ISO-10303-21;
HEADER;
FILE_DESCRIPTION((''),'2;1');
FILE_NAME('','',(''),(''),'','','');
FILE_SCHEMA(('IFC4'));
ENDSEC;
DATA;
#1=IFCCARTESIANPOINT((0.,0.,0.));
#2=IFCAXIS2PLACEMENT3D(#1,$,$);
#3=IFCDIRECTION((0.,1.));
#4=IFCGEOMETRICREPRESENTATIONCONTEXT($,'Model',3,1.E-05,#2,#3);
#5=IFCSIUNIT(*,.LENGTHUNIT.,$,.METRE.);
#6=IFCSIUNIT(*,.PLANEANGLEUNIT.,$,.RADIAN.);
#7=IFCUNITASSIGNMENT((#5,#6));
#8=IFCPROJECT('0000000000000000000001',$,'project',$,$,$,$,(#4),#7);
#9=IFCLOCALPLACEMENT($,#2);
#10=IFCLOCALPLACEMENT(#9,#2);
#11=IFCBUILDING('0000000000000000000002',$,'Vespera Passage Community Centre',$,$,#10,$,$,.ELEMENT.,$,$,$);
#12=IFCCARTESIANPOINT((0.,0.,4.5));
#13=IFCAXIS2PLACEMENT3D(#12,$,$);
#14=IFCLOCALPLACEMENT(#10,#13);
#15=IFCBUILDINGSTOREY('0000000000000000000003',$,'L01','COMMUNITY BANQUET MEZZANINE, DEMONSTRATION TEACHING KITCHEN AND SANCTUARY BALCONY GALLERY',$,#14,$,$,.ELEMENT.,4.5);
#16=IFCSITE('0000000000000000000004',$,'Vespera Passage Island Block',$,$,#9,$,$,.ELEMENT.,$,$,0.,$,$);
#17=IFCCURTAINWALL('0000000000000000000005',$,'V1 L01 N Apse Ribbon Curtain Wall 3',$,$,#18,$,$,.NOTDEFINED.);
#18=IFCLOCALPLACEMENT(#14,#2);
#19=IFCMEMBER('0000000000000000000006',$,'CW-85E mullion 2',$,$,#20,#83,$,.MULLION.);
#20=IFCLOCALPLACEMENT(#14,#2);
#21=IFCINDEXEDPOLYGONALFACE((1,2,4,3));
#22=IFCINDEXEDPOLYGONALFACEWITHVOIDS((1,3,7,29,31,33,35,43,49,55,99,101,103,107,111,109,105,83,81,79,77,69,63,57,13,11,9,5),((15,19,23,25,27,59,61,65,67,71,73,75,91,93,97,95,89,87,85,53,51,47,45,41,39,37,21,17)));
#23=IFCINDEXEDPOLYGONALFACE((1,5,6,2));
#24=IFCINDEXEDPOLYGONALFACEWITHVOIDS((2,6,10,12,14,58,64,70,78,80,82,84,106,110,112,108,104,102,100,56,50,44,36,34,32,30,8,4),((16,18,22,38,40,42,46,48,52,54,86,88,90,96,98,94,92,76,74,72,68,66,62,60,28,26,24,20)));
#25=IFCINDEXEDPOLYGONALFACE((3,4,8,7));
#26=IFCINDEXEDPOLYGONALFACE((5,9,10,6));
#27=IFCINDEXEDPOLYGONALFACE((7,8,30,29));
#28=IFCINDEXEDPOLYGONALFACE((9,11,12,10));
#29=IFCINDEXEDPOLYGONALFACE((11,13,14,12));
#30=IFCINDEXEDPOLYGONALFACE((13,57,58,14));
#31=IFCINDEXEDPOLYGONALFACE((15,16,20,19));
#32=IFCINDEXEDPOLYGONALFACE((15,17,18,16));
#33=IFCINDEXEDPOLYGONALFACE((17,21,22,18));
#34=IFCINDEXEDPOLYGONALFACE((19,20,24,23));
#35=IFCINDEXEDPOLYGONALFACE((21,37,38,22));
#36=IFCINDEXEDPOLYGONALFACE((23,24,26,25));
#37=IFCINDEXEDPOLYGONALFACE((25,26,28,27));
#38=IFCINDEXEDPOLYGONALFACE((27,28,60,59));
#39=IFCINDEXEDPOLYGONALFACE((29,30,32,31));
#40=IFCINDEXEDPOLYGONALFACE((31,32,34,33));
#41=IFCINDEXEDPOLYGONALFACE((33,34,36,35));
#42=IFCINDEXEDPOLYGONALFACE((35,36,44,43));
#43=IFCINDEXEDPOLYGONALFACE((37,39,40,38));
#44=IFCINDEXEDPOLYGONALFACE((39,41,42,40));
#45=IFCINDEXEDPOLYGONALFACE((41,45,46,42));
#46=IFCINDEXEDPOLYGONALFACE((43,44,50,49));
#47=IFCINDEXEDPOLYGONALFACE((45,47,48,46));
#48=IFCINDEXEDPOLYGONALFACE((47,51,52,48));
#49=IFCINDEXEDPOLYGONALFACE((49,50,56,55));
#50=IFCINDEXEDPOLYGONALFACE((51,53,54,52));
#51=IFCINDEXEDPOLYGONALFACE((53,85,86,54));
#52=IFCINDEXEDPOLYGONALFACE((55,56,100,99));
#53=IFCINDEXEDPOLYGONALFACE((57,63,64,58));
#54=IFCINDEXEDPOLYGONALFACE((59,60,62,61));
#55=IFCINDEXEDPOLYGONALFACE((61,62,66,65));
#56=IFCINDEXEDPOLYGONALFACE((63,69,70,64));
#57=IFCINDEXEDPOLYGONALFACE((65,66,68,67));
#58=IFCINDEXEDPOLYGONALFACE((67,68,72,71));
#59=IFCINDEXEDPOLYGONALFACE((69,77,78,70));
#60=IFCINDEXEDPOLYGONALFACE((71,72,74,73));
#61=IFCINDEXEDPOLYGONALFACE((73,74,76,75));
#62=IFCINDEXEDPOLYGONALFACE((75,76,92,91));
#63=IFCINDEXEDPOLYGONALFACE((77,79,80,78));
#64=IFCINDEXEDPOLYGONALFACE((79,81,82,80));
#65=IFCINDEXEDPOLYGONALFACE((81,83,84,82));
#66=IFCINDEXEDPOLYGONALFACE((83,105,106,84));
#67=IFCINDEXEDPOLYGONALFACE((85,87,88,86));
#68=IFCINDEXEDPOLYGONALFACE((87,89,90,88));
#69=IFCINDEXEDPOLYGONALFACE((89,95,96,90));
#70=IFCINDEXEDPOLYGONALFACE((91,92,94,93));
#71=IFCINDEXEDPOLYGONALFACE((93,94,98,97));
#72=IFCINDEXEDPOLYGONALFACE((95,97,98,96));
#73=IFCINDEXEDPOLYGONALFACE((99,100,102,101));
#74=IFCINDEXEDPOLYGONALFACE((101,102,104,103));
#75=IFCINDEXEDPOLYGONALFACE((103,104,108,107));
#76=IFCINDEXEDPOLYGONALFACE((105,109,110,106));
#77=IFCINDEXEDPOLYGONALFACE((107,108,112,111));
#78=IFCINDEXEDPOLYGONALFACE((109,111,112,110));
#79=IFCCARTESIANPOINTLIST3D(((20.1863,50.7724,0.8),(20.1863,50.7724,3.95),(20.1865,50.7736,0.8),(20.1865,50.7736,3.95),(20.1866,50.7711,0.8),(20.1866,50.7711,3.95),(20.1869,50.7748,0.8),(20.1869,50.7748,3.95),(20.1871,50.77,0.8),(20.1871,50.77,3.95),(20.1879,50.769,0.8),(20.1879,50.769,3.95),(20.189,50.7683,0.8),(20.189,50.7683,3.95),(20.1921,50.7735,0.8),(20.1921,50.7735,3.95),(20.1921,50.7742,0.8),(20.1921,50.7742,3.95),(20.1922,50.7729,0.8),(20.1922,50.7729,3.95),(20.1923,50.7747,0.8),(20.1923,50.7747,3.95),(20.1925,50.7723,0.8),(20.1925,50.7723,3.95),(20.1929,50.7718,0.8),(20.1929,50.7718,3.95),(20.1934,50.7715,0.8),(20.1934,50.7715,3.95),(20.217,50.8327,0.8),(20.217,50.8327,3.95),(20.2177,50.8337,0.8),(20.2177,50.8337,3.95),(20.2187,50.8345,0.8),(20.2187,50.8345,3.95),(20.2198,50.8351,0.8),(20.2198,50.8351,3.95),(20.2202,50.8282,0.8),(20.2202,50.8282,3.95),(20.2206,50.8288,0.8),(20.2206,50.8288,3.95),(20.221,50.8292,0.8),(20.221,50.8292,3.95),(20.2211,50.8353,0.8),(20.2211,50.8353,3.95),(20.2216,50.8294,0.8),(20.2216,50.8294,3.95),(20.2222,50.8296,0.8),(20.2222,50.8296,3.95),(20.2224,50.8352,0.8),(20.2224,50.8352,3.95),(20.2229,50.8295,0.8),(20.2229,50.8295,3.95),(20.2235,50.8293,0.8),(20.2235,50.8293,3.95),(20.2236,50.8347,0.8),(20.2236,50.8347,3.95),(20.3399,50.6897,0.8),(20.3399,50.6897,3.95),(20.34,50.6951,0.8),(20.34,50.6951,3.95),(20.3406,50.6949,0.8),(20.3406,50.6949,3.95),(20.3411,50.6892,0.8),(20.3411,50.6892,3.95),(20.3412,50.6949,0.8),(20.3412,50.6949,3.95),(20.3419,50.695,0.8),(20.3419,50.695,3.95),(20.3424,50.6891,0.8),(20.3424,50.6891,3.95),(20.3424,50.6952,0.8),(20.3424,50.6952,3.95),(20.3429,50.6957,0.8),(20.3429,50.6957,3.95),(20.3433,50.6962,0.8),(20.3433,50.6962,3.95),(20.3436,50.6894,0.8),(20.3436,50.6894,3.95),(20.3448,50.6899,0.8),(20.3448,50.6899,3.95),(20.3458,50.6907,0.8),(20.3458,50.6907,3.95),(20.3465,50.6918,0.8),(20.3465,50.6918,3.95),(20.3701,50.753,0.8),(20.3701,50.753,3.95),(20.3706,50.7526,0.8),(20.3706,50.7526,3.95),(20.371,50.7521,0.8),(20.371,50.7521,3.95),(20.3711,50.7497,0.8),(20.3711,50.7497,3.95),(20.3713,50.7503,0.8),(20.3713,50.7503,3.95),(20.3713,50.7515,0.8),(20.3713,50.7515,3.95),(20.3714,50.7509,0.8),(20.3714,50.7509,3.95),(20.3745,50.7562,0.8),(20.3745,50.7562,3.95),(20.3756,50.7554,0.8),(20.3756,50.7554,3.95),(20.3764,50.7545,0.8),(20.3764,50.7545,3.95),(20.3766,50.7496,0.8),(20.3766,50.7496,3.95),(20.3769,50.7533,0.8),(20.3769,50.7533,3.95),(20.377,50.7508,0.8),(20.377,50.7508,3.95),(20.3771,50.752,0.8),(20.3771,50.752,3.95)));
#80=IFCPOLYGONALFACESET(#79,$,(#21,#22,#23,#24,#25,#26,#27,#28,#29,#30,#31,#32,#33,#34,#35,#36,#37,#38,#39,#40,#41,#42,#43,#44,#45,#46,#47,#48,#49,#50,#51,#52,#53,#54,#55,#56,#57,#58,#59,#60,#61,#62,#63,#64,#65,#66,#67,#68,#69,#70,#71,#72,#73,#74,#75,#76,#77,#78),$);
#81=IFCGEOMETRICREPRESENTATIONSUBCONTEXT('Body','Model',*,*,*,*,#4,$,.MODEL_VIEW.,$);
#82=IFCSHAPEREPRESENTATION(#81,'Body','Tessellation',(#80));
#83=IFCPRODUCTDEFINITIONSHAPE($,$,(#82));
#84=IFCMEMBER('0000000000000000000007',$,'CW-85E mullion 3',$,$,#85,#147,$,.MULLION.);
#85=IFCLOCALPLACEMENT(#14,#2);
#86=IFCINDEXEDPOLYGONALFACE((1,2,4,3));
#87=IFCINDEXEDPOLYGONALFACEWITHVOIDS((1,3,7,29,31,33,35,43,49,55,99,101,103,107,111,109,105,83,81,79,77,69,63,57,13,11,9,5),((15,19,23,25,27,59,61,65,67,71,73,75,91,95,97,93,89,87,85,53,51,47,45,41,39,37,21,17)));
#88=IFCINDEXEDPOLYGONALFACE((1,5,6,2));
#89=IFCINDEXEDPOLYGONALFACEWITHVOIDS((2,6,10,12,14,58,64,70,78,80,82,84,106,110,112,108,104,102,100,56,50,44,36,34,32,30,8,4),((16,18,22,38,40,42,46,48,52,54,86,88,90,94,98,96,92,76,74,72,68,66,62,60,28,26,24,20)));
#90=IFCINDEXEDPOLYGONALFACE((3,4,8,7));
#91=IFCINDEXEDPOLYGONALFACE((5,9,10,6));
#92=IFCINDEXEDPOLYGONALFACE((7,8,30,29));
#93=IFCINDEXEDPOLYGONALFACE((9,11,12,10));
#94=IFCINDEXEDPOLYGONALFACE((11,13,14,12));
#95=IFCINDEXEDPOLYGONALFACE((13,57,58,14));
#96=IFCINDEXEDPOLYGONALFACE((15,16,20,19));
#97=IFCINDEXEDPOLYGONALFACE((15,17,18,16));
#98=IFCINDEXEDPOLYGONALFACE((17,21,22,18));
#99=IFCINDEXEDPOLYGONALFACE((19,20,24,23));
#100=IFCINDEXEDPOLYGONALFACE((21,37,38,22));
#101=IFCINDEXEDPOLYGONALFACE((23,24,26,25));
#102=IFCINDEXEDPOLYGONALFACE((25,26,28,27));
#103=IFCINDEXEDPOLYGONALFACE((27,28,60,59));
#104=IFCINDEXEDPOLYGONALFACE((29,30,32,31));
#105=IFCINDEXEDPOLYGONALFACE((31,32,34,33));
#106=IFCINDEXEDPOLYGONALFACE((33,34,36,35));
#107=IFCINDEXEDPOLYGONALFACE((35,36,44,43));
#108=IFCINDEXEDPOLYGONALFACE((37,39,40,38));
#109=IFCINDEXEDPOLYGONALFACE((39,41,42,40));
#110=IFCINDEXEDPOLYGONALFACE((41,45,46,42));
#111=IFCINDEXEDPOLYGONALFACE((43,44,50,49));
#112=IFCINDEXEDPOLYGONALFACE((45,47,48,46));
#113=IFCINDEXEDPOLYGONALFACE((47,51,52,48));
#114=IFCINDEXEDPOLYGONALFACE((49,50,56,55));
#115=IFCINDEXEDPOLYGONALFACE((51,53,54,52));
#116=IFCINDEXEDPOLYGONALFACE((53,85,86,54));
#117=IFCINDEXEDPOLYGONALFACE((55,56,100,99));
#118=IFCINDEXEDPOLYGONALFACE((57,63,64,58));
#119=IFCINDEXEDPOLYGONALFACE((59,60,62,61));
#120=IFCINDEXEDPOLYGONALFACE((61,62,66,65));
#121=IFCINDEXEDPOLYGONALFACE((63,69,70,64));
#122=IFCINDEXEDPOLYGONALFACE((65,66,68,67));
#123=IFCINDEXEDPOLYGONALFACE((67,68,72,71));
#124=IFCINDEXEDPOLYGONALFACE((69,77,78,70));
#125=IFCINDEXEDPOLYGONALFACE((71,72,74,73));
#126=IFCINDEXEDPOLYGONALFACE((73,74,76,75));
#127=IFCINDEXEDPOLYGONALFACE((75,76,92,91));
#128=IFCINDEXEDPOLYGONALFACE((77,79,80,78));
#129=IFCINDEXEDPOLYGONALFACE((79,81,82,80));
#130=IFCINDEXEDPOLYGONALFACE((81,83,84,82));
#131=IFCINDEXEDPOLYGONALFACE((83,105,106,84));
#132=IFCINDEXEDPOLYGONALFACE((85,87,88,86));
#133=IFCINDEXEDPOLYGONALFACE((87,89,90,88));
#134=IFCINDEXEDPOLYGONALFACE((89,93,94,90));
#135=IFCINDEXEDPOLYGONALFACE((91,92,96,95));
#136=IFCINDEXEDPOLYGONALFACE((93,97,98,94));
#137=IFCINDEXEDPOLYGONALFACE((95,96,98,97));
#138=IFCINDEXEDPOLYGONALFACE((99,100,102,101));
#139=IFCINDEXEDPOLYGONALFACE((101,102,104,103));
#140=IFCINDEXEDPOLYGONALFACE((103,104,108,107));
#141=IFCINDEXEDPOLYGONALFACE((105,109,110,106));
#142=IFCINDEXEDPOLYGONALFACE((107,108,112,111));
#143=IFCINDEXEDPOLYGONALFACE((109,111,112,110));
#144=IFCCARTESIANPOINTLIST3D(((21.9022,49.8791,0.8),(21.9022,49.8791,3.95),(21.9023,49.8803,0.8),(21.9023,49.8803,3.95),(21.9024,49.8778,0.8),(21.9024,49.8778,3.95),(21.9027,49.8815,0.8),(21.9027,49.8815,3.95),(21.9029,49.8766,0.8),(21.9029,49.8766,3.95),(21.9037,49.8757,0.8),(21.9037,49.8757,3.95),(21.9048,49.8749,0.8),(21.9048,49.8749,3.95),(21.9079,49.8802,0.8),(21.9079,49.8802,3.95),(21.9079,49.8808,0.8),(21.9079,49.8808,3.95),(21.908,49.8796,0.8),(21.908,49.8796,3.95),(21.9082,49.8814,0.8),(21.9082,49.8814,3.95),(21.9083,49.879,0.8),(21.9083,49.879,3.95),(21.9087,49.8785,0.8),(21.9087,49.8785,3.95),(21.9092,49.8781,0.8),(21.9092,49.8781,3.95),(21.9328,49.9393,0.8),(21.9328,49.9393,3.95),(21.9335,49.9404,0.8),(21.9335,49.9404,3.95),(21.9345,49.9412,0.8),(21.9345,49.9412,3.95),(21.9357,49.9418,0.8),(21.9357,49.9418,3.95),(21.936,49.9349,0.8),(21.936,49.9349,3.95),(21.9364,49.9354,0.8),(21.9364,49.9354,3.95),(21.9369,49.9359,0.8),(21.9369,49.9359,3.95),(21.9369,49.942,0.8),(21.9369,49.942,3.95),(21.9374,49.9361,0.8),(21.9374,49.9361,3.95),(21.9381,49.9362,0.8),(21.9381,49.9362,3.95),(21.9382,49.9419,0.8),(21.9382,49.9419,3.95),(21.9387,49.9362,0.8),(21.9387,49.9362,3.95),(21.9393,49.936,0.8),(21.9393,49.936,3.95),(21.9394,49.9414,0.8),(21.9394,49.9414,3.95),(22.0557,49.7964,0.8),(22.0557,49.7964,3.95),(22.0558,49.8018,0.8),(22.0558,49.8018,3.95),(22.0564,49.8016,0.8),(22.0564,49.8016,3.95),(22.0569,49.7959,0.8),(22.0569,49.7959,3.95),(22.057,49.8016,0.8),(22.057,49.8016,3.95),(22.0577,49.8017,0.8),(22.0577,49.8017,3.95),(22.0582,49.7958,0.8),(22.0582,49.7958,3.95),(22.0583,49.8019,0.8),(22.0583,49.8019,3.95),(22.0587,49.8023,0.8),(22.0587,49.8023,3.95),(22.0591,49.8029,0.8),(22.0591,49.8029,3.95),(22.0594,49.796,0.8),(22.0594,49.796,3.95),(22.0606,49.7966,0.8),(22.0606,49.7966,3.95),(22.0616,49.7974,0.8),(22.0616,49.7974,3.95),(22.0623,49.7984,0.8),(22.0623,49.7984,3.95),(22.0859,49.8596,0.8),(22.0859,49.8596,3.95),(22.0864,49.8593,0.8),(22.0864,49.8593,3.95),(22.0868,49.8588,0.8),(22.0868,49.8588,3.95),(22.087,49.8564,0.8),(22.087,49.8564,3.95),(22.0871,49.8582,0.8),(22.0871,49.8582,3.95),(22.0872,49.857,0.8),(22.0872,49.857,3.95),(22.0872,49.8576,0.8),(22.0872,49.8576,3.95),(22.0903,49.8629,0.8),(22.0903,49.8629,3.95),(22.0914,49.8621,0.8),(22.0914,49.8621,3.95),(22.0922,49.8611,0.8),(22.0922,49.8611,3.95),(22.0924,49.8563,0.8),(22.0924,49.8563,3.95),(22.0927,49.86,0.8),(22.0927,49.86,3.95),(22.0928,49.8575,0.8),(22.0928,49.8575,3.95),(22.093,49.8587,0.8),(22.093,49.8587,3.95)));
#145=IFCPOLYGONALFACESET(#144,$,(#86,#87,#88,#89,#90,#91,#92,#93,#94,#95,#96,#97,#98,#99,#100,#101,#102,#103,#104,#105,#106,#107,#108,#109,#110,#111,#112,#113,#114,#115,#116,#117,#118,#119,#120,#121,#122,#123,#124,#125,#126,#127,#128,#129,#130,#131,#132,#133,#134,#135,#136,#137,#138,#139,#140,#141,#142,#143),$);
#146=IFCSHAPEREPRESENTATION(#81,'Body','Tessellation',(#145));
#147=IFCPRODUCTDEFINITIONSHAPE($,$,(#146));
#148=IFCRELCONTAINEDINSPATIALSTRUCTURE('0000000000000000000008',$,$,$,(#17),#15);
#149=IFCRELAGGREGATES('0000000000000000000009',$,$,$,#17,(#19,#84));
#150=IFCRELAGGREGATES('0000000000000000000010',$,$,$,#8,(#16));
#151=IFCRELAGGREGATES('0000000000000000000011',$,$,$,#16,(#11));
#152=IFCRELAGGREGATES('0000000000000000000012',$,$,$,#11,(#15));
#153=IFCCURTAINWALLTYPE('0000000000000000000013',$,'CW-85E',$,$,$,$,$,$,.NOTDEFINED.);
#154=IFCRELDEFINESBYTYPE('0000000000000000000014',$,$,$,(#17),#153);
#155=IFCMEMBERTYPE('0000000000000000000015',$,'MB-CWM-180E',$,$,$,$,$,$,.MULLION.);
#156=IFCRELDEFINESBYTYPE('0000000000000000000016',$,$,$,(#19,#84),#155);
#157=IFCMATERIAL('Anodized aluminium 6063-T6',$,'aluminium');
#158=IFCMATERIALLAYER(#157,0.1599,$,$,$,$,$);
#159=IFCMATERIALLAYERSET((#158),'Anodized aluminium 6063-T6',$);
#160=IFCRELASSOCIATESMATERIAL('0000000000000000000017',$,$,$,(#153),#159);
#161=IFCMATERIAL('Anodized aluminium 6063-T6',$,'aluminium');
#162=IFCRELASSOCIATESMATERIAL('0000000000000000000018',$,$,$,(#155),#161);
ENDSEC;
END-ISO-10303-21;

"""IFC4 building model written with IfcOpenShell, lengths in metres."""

from ifc_helpers import new_model, si_unit, direction, frame, origin, origin_2d, place, context, subcontext, project, spatial, hollow_rectangle, extrude, material, layer, layer_set, material_profile, profile_set, type_object, element, aggregate, save


model = new_model("IFC4")

# Units and contexts
model_context = context("Model", 3, precision=1e-05, world=origin(), true_north=direction((0.0, 1.0)))
body_context = subcontext(model_context, "Body", "Model", "MODEL_VIEW")
ifc_project = project(units=[si_unit("LENGTHUNIT", "METRE"), si_unit("PLANEANGLEUNIT", "RADIAN")], contexts=[model_context])

# Site, building, storey
site_placement = place(None, origin())
site = spatial("IfcSite", under=ifc_project, at=site_placement, Name="Vespera Passage Island Block", CompositionType="ELEMENT", RefElevation=0.0)
building_placement = place(site_placement, origin())
building = spatial("IfcBuilding", under=site, at=building_placement, Name="Vespera Passage Community Centre", CompositionType="ELEMENT")
storey_placement = place(building_placement, frame((0.0, 0.0, 4.5)))
storey = spatial("IfcBuildingStorey", under=building, at=storey_placement, Name="L01", Description="COMMUNITY BANQUET MEZZANINE, DEMONSTRATION TEACHING KITCHEN AND SANCTUARY BALCONY GALLERY", CompositionType="ELEMENT", Elevation=4.5)

# Shared definitions
ifc_material_1 = material(Name="Anodized aluminium 6063-T6", Category="aluminium")
ifc_layer_1 = layer(ifc_material_1, 0.1599)
ifc_layer_set_1 = layer_set([ifc_layer_1], Name="Anodized aluminium 6063-T6")
curtain_wall_type = type_object("IfcCurtainWallType", Name="CW-85E", PredefinedType="NOTDEFINED", material=ifc_layer_set_1)
ifc_material_2 = material(Name="Anodized aluminium 6063-T6", Category="aluminium")
ifc_material_profile_1 = material_profile(ifc_material_2, hollow_rectangle(XDim=0.075, YDim=0.1799, WallThickness=0.0049, InnerFilletRadius=0.0024, OuterFilletRadius=0.0049, at=origin_2d()), Name="ALU180X75X5")
ifc_profile_set_1 = profile_set([ifc_material_profile_1], Name="Anodized aluminium 6063-T6")
member_type_1 = type_object("IfcMemberType", Name="MB-CWM-180E", PredefinedType="MULLION", material=ifc_profile_set_1)

# Curtain wall, members
curtain_wall_1_placement = place(storey_placement, origin())
curtain_wall_1 = element("IfcCurtainWall", 1, at=curtain_wall_1_placement, inside=storey, type_object=curtain_wall_type, Name="V1 L01 N Apse Ribbon Curtain Wall 3", PredefinedType="NOTDEFINED")
member_1_placement = place(storey_placement, frame((20.2817, 50.7622, 0.8), z_axis=(0.0, 0.0, 1.0), x_axis=(0.461745, 0.887013, 0.0)))
member_1 = element("IfcMember", 2, at=member_1_placement, type_object=member_type_1, Name="CW-85E mullion 2", PredefinedType="MULLION", context=body_context, shape_type="SweptSolid", body=[
    extrude(hollow_rectangle(XDim=0.075, YDim=0.1799, WallThickness=0.0049, InnerFilletRadius=0.0024, OuterFilletRadius=0.0049, at=origin_2d()), origin(), (0.0, 0.0, 1.0), 3.1499),
])
member_2_placement = place(storey_placement, frame((21.9976, 49.8689, 0.8), z_axis=(0.0, 0.0, 1.0), x_axis=(0.461745, 0.887013, 0.0)))
member_2 = element("IfcMember", 3, at=member_2_placement, type_object=member_type_1, Name="CW-85E mullion 3", PredefinedType="MULLION", context=body_context, shape_type="SweptSolid", body=[
    extrude(hollow_rectangle(XDim=0.075, YDim=0.1799, WallThickness=0.0049, InnerFilletRadius=0.0024, OuterFilletRadius=0.0049, at=origin_2d()), origin(), (0.0, 0.0, 1.0), 3.1499),
])

aggregate(curtain_wall_1, [member_1, member_2])

save(model, "model.ifc")
